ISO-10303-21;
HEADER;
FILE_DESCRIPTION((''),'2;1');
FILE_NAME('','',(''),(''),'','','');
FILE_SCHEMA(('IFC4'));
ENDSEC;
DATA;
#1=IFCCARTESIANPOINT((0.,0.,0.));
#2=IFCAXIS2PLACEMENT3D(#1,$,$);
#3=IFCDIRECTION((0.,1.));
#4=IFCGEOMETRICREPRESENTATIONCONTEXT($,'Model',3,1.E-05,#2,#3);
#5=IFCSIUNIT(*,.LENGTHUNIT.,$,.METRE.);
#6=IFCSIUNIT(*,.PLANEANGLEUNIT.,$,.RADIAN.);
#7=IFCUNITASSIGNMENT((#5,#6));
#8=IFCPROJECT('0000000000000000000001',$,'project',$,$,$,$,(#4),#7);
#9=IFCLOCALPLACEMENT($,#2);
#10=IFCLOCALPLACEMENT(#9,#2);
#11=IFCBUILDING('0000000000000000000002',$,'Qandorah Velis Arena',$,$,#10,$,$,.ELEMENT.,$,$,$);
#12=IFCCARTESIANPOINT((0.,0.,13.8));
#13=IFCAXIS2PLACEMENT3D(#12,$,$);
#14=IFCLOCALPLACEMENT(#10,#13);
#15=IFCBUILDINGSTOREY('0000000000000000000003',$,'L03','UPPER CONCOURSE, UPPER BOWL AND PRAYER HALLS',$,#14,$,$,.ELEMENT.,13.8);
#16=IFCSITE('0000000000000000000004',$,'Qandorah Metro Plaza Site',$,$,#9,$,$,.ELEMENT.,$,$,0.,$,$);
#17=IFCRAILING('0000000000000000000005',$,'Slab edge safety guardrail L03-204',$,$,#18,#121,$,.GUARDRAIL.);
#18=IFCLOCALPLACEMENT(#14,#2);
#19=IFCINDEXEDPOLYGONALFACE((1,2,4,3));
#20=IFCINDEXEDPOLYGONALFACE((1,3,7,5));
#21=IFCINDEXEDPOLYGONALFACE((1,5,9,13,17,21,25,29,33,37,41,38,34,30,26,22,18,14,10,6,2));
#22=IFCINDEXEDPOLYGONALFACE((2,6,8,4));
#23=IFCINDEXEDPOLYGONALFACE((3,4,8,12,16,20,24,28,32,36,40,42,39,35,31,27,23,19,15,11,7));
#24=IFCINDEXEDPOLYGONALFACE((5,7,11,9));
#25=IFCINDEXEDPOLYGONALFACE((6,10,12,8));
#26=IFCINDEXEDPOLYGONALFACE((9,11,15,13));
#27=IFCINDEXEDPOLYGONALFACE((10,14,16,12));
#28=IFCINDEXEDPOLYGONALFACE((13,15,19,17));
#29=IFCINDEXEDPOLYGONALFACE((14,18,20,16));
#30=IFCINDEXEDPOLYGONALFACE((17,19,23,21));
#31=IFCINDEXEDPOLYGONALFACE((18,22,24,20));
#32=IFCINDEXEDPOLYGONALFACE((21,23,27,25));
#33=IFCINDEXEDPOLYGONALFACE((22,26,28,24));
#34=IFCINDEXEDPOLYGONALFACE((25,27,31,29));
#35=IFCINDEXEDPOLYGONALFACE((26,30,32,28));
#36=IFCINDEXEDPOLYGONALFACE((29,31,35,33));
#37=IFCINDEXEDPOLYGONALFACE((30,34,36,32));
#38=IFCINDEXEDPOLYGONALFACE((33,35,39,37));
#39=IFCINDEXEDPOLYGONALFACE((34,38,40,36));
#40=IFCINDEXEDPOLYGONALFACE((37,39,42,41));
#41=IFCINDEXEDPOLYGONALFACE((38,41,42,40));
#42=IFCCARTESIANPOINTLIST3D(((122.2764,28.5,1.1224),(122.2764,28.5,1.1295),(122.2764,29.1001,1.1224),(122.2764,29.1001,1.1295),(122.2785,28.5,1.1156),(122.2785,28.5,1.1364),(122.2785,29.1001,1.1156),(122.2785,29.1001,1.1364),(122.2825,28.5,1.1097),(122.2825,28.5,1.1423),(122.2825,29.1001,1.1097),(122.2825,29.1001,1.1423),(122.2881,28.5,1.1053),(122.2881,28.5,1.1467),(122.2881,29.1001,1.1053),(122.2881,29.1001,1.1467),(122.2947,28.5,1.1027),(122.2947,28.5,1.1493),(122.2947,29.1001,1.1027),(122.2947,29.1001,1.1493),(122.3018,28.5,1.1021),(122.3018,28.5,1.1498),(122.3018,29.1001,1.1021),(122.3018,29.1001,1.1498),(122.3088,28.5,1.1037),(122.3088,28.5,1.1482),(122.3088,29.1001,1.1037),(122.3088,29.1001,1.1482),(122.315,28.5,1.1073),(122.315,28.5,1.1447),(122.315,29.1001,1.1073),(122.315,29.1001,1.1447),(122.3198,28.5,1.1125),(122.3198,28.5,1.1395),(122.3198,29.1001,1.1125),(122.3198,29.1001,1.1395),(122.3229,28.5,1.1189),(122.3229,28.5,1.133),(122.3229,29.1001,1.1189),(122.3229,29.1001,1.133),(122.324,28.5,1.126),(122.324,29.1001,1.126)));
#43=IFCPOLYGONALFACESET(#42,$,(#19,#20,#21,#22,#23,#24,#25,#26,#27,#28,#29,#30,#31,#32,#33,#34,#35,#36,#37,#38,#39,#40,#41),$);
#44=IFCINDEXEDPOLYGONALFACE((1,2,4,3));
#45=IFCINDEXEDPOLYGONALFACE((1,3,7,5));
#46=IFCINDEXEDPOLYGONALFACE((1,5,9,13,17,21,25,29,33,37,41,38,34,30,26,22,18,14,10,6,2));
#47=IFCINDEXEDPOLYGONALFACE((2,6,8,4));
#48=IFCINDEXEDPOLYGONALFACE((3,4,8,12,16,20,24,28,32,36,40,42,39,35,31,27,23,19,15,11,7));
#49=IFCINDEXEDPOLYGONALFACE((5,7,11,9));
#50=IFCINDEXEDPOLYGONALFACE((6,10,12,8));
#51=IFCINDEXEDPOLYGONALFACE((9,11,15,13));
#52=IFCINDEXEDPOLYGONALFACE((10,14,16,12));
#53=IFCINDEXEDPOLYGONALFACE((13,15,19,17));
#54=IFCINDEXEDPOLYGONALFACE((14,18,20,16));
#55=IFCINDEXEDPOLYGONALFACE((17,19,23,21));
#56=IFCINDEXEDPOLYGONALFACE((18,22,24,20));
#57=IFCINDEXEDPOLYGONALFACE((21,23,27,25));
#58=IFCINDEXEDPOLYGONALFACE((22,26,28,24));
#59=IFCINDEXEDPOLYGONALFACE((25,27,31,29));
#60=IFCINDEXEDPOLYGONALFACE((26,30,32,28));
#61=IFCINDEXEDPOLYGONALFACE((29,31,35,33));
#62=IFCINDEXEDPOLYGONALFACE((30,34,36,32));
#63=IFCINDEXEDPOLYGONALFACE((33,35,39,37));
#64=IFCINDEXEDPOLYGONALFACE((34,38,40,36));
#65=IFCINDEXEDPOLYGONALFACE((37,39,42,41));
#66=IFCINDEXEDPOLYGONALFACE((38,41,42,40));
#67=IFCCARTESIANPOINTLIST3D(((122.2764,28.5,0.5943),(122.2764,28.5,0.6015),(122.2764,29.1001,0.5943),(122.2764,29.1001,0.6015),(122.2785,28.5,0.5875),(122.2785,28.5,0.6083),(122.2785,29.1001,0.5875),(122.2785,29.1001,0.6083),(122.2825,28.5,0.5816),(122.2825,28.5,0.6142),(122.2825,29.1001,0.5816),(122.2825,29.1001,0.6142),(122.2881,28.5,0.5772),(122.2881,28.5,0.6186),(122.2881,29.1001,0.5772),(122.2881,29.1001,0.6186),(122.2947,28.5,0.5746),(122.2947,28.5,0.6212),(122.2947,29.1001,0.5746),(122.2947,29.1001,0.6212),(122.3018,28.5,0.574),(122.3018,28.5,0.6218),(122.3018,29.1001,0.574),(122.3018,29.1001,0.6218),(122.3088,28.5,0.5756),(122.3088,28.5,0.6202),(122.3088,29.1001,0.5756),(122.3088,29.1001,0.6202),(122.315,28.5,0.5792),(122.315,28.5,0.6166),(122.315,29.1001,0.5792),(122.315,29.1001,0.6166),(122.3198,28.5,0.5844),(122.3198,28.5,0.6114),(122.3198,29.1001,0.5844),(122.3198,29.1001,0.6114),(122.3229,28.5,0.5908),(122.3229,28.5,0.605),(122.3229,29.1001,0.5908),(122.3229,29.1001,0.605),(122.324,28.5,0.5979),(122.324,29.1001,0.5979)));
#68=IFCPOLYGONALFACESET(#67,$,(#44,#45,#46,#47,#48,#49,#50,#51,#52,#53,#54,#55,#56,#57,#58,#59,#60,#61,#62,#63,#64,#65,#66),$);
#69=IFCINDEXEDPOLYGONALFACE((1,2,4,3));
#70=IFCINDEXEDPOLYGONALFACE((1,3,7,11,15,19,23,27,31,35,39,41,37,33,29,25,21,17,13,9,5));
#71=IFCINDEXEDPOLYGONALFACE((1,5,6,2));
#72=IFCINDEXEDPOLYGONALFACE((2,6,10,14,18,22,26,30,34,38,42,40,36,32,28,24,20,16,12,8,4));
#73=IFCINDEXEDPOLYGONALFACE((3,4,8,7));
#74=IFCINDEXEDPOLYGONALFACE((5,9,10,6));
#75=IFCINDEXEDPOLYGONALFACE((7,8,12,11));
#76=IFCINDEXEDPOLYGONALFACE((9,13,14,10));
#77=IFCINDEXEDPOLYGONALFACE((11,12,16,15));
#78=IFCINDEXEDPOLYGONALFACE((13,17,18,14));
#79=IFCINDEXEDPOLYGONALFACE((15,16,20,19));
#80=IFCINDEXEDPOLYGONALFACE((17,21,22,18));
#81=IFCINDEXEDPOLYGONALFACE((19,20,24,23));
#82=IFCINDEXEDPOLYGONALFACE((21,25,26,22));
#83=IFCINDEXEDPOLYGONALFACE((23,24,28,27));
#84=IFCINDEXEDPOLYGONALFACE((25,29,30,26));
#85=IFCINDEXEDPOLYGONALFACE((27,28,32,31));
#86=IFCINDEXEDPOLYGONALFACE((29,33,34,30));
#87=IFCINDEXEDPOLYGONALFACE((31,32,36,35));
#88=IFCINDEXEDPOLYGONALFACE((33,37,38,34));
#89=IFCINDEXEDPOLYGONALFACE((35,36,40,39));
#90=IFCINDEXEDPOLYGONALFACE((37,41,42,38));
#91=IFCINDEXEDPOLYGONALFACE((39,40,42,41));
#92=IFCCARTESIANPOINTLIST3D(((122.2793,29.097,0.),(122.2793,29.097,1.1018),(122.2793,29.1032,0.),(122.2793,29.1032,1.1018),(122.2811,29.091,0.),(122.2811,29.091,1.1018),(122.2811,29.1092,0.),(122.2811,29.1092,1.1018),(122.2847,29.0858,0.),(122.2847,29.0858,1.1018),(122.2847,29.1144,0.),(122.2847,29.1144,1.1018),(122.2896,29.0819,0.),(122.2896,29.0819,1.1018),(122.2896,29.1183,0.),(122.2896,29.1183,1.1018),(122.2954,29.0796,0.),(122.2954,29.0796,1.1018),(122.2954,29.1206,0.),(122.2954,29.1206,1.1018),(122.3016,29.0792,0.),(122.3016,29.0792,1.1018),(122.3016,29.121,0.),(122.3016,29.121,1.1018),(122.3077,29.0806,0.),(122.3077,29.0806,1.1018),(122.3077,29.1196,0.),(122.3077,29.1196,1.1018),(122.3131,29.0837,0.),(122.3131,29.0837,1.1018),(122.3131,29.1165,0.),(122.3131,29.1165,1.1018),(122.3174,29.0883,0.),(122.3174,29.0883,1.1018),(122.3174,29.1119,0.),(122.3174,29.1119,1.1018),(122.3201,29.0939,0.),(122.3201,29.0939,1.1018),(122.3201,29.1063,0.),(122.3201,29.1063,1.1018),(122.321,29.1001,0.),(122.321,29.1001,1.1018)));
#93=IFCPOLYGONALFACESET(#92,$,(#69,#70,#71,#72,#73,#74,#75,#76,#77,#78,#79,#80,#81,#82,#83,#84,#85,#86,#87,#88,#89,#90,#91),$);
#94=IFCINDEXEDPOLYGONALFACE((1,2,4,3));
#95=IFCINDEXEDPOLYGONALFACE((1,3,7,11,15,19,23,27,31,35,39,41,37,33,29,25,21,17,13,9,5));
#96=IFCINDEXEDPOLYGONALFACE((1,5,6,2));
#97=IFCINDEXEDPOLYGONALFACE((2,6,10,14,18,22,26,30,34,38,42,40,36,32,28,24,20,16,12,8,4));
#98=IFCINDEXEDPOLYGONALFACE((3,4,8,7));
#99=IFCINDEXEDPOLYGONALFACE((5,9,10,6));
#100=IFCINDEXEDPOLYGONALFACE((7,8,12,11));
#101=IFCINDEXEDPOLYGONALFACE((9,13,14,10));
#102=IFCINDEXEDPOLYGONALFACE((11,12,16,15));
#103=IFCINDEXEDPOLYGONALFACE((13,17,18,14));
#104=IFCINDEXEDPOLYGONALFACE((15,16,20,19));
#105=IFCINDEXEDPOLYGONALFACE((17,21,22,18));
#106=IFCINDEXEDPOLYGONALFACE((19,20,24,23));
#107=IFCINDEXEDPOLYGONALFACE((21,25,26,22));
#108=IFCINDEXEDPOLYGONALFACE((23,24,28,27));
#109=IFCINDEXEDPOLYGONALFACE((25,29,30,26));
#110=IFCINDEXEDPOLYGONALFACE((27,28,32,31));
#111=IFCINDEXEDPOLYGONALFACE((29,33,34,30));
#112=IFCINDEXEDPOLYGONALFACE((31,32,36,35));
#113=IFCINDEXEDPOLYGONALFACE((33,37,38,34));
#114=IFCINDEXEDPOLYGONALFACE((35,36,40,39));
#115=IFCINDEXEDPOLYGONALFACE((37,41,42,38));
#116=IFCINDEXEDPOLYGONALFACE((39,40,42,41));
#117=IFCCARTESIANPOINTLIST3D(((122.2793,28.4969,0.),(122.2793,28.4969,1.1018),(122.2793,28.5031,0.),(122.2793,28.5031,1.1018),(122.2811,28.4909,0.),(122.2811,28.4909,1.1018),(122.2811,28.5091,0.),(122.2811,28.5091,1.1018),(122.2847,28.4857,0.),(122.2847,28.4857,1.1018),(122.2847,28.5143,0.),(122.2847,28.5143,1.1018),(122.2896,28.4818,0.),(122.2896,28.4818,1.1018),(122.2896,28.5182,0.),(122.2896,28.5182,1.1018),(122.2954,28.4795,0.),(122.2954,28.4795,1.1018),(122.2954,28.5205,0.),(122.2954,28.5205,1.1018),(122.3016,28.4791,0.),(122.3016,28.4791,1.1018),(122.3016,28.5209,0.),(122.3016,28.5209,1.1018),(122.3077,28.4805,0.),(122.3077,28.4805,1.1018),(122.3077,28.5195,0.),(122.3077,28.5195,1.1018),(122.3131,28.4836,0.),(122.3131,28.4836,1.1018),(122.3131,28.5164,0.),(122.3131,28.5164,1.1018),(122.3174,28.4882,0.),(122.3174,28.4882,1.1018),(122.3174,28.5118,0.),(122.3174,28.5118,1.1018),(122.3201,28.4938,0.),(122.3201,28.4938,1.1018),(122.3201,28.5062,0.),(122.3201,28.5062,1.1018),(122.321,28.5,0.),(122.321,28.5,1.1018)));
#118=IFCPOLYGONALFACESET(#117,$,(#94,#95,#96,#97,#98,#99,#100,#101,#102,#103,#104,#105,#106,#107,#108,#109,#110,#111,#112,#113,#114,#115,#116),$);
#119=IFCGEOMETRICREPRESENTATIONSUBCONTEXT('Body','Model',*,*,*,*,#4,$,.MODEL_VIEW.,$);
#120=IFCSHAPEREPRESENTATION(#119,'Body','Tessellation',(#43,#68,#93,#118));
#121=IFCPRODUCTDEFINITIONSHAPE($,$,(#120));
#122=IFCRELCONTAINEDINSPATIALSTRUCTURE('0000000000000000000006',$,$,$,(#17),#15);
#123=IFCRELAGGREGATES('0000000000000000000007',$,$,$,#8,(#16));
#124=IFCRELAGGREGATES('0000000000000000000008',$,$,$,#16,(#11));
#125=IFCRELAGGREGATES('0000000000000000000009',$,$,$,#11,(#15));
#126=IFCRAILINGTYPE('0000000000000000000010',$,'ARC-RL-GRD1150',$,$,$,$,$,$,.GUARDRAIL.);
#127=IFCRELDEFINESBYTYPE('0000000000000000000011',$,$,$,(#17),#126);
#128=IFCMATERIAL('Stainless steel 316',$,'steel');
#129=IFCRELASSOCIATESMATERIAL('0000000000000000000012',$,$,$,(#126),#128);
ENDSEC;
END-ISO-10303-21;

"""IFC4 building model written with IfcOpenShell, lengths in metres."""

from ifc_helpers import new_model, si_unit, direction, frame, origin, origin_2d, place, context, subcontext, project, spatial, circle, extrude, material, type_object, element, save


model = new_model("IFC4")

# Units and contexts
model_context = context("Model", 3, precision=1e-05, world=origin(), true_north=direction((0.0, 1.0)))
body_context = subcontext(model_context, "Body", "Model", "MODEL_VIEW")
ifc_project = project(units=[si_unit("LENGTHUNIT", "METRE"), si_unit("PLANEANGLEUNIT", "RADIAN")], contexts=[model_context])

# Site, building, storey
site_placement = place(None, origin())
site = spatial("IfcSite", under=ifc_project, at=site_placement, Name="Qandorah Metro Plaza Site", CompositionType="ELEMENT", RefElevation=0.0)
building_placement = place(site_placement, origin())
building = spatial("IfcBuilding", under=site, at=building_placement, Name="Qandorah Velis Arena", CompositionType="ELEMENT")
storey_placement = place(building_placement, frame((0.0, 0.0, 13.8)))
storey = spatial("IfcBuildingStorey", under=building, at=storey_placement, Name="L03", Description="UPPER CONCOURSE, UPPER BOWL AND PRAYER HALLS", CompositionType="ELEMENT", Elevation=13.8)

# Railing
ifc_material_1 = material(Name="Stainless steel 316", Category="steel")
railing_type = type_object("IfcRailingType", Name="ARC-RL-GRD1150", PredefinedType="GUARDRAIL", material=ifc_material_1)
for number, where, name in (
    (1, (122.3, 29.1001, 0.0), "Slab edge safety guardrail L03-204"),
):
    element("IfcRailing", number, at=place(storey_placement, frame(where)), inside=storey, type_object=railing_type, Name=name, PredefinedType="GUARDRAIL", context=body_context, shape_type="SweptSolid", body=[
        extrude(circle(Radius=0.0239, at=origin_2d()), frame((0.0, 0.0, 1.126), z_axis=(0.0, -1.0, 0.0), x_axis=(1.0, 0.0, 0.0)), (0.0, 0.0, 1.0), 0.6001),
        extrude(circle(Radius=0.0239, at=origin_2d()), frame((0.0, 0.0, 0.5979), z_axis=(0.0, -1.0, 0.0), x_axis=(1.0, 0.0, 0.0)), (0.0, 0.0, 1.0), 0.6001),
        extrude(circle(Radius=0.021, at=origin_2d()), origin(), (0.0, 0.0, 1.0), 1.1018),
        extrude(circle(Radius=0.021, at=origin_2d()), frame((0.0, -0.6001, 0.0)), (0.0, 0.0, 1.0), 1.1018),
    ])

save(model, "model.ifc")
